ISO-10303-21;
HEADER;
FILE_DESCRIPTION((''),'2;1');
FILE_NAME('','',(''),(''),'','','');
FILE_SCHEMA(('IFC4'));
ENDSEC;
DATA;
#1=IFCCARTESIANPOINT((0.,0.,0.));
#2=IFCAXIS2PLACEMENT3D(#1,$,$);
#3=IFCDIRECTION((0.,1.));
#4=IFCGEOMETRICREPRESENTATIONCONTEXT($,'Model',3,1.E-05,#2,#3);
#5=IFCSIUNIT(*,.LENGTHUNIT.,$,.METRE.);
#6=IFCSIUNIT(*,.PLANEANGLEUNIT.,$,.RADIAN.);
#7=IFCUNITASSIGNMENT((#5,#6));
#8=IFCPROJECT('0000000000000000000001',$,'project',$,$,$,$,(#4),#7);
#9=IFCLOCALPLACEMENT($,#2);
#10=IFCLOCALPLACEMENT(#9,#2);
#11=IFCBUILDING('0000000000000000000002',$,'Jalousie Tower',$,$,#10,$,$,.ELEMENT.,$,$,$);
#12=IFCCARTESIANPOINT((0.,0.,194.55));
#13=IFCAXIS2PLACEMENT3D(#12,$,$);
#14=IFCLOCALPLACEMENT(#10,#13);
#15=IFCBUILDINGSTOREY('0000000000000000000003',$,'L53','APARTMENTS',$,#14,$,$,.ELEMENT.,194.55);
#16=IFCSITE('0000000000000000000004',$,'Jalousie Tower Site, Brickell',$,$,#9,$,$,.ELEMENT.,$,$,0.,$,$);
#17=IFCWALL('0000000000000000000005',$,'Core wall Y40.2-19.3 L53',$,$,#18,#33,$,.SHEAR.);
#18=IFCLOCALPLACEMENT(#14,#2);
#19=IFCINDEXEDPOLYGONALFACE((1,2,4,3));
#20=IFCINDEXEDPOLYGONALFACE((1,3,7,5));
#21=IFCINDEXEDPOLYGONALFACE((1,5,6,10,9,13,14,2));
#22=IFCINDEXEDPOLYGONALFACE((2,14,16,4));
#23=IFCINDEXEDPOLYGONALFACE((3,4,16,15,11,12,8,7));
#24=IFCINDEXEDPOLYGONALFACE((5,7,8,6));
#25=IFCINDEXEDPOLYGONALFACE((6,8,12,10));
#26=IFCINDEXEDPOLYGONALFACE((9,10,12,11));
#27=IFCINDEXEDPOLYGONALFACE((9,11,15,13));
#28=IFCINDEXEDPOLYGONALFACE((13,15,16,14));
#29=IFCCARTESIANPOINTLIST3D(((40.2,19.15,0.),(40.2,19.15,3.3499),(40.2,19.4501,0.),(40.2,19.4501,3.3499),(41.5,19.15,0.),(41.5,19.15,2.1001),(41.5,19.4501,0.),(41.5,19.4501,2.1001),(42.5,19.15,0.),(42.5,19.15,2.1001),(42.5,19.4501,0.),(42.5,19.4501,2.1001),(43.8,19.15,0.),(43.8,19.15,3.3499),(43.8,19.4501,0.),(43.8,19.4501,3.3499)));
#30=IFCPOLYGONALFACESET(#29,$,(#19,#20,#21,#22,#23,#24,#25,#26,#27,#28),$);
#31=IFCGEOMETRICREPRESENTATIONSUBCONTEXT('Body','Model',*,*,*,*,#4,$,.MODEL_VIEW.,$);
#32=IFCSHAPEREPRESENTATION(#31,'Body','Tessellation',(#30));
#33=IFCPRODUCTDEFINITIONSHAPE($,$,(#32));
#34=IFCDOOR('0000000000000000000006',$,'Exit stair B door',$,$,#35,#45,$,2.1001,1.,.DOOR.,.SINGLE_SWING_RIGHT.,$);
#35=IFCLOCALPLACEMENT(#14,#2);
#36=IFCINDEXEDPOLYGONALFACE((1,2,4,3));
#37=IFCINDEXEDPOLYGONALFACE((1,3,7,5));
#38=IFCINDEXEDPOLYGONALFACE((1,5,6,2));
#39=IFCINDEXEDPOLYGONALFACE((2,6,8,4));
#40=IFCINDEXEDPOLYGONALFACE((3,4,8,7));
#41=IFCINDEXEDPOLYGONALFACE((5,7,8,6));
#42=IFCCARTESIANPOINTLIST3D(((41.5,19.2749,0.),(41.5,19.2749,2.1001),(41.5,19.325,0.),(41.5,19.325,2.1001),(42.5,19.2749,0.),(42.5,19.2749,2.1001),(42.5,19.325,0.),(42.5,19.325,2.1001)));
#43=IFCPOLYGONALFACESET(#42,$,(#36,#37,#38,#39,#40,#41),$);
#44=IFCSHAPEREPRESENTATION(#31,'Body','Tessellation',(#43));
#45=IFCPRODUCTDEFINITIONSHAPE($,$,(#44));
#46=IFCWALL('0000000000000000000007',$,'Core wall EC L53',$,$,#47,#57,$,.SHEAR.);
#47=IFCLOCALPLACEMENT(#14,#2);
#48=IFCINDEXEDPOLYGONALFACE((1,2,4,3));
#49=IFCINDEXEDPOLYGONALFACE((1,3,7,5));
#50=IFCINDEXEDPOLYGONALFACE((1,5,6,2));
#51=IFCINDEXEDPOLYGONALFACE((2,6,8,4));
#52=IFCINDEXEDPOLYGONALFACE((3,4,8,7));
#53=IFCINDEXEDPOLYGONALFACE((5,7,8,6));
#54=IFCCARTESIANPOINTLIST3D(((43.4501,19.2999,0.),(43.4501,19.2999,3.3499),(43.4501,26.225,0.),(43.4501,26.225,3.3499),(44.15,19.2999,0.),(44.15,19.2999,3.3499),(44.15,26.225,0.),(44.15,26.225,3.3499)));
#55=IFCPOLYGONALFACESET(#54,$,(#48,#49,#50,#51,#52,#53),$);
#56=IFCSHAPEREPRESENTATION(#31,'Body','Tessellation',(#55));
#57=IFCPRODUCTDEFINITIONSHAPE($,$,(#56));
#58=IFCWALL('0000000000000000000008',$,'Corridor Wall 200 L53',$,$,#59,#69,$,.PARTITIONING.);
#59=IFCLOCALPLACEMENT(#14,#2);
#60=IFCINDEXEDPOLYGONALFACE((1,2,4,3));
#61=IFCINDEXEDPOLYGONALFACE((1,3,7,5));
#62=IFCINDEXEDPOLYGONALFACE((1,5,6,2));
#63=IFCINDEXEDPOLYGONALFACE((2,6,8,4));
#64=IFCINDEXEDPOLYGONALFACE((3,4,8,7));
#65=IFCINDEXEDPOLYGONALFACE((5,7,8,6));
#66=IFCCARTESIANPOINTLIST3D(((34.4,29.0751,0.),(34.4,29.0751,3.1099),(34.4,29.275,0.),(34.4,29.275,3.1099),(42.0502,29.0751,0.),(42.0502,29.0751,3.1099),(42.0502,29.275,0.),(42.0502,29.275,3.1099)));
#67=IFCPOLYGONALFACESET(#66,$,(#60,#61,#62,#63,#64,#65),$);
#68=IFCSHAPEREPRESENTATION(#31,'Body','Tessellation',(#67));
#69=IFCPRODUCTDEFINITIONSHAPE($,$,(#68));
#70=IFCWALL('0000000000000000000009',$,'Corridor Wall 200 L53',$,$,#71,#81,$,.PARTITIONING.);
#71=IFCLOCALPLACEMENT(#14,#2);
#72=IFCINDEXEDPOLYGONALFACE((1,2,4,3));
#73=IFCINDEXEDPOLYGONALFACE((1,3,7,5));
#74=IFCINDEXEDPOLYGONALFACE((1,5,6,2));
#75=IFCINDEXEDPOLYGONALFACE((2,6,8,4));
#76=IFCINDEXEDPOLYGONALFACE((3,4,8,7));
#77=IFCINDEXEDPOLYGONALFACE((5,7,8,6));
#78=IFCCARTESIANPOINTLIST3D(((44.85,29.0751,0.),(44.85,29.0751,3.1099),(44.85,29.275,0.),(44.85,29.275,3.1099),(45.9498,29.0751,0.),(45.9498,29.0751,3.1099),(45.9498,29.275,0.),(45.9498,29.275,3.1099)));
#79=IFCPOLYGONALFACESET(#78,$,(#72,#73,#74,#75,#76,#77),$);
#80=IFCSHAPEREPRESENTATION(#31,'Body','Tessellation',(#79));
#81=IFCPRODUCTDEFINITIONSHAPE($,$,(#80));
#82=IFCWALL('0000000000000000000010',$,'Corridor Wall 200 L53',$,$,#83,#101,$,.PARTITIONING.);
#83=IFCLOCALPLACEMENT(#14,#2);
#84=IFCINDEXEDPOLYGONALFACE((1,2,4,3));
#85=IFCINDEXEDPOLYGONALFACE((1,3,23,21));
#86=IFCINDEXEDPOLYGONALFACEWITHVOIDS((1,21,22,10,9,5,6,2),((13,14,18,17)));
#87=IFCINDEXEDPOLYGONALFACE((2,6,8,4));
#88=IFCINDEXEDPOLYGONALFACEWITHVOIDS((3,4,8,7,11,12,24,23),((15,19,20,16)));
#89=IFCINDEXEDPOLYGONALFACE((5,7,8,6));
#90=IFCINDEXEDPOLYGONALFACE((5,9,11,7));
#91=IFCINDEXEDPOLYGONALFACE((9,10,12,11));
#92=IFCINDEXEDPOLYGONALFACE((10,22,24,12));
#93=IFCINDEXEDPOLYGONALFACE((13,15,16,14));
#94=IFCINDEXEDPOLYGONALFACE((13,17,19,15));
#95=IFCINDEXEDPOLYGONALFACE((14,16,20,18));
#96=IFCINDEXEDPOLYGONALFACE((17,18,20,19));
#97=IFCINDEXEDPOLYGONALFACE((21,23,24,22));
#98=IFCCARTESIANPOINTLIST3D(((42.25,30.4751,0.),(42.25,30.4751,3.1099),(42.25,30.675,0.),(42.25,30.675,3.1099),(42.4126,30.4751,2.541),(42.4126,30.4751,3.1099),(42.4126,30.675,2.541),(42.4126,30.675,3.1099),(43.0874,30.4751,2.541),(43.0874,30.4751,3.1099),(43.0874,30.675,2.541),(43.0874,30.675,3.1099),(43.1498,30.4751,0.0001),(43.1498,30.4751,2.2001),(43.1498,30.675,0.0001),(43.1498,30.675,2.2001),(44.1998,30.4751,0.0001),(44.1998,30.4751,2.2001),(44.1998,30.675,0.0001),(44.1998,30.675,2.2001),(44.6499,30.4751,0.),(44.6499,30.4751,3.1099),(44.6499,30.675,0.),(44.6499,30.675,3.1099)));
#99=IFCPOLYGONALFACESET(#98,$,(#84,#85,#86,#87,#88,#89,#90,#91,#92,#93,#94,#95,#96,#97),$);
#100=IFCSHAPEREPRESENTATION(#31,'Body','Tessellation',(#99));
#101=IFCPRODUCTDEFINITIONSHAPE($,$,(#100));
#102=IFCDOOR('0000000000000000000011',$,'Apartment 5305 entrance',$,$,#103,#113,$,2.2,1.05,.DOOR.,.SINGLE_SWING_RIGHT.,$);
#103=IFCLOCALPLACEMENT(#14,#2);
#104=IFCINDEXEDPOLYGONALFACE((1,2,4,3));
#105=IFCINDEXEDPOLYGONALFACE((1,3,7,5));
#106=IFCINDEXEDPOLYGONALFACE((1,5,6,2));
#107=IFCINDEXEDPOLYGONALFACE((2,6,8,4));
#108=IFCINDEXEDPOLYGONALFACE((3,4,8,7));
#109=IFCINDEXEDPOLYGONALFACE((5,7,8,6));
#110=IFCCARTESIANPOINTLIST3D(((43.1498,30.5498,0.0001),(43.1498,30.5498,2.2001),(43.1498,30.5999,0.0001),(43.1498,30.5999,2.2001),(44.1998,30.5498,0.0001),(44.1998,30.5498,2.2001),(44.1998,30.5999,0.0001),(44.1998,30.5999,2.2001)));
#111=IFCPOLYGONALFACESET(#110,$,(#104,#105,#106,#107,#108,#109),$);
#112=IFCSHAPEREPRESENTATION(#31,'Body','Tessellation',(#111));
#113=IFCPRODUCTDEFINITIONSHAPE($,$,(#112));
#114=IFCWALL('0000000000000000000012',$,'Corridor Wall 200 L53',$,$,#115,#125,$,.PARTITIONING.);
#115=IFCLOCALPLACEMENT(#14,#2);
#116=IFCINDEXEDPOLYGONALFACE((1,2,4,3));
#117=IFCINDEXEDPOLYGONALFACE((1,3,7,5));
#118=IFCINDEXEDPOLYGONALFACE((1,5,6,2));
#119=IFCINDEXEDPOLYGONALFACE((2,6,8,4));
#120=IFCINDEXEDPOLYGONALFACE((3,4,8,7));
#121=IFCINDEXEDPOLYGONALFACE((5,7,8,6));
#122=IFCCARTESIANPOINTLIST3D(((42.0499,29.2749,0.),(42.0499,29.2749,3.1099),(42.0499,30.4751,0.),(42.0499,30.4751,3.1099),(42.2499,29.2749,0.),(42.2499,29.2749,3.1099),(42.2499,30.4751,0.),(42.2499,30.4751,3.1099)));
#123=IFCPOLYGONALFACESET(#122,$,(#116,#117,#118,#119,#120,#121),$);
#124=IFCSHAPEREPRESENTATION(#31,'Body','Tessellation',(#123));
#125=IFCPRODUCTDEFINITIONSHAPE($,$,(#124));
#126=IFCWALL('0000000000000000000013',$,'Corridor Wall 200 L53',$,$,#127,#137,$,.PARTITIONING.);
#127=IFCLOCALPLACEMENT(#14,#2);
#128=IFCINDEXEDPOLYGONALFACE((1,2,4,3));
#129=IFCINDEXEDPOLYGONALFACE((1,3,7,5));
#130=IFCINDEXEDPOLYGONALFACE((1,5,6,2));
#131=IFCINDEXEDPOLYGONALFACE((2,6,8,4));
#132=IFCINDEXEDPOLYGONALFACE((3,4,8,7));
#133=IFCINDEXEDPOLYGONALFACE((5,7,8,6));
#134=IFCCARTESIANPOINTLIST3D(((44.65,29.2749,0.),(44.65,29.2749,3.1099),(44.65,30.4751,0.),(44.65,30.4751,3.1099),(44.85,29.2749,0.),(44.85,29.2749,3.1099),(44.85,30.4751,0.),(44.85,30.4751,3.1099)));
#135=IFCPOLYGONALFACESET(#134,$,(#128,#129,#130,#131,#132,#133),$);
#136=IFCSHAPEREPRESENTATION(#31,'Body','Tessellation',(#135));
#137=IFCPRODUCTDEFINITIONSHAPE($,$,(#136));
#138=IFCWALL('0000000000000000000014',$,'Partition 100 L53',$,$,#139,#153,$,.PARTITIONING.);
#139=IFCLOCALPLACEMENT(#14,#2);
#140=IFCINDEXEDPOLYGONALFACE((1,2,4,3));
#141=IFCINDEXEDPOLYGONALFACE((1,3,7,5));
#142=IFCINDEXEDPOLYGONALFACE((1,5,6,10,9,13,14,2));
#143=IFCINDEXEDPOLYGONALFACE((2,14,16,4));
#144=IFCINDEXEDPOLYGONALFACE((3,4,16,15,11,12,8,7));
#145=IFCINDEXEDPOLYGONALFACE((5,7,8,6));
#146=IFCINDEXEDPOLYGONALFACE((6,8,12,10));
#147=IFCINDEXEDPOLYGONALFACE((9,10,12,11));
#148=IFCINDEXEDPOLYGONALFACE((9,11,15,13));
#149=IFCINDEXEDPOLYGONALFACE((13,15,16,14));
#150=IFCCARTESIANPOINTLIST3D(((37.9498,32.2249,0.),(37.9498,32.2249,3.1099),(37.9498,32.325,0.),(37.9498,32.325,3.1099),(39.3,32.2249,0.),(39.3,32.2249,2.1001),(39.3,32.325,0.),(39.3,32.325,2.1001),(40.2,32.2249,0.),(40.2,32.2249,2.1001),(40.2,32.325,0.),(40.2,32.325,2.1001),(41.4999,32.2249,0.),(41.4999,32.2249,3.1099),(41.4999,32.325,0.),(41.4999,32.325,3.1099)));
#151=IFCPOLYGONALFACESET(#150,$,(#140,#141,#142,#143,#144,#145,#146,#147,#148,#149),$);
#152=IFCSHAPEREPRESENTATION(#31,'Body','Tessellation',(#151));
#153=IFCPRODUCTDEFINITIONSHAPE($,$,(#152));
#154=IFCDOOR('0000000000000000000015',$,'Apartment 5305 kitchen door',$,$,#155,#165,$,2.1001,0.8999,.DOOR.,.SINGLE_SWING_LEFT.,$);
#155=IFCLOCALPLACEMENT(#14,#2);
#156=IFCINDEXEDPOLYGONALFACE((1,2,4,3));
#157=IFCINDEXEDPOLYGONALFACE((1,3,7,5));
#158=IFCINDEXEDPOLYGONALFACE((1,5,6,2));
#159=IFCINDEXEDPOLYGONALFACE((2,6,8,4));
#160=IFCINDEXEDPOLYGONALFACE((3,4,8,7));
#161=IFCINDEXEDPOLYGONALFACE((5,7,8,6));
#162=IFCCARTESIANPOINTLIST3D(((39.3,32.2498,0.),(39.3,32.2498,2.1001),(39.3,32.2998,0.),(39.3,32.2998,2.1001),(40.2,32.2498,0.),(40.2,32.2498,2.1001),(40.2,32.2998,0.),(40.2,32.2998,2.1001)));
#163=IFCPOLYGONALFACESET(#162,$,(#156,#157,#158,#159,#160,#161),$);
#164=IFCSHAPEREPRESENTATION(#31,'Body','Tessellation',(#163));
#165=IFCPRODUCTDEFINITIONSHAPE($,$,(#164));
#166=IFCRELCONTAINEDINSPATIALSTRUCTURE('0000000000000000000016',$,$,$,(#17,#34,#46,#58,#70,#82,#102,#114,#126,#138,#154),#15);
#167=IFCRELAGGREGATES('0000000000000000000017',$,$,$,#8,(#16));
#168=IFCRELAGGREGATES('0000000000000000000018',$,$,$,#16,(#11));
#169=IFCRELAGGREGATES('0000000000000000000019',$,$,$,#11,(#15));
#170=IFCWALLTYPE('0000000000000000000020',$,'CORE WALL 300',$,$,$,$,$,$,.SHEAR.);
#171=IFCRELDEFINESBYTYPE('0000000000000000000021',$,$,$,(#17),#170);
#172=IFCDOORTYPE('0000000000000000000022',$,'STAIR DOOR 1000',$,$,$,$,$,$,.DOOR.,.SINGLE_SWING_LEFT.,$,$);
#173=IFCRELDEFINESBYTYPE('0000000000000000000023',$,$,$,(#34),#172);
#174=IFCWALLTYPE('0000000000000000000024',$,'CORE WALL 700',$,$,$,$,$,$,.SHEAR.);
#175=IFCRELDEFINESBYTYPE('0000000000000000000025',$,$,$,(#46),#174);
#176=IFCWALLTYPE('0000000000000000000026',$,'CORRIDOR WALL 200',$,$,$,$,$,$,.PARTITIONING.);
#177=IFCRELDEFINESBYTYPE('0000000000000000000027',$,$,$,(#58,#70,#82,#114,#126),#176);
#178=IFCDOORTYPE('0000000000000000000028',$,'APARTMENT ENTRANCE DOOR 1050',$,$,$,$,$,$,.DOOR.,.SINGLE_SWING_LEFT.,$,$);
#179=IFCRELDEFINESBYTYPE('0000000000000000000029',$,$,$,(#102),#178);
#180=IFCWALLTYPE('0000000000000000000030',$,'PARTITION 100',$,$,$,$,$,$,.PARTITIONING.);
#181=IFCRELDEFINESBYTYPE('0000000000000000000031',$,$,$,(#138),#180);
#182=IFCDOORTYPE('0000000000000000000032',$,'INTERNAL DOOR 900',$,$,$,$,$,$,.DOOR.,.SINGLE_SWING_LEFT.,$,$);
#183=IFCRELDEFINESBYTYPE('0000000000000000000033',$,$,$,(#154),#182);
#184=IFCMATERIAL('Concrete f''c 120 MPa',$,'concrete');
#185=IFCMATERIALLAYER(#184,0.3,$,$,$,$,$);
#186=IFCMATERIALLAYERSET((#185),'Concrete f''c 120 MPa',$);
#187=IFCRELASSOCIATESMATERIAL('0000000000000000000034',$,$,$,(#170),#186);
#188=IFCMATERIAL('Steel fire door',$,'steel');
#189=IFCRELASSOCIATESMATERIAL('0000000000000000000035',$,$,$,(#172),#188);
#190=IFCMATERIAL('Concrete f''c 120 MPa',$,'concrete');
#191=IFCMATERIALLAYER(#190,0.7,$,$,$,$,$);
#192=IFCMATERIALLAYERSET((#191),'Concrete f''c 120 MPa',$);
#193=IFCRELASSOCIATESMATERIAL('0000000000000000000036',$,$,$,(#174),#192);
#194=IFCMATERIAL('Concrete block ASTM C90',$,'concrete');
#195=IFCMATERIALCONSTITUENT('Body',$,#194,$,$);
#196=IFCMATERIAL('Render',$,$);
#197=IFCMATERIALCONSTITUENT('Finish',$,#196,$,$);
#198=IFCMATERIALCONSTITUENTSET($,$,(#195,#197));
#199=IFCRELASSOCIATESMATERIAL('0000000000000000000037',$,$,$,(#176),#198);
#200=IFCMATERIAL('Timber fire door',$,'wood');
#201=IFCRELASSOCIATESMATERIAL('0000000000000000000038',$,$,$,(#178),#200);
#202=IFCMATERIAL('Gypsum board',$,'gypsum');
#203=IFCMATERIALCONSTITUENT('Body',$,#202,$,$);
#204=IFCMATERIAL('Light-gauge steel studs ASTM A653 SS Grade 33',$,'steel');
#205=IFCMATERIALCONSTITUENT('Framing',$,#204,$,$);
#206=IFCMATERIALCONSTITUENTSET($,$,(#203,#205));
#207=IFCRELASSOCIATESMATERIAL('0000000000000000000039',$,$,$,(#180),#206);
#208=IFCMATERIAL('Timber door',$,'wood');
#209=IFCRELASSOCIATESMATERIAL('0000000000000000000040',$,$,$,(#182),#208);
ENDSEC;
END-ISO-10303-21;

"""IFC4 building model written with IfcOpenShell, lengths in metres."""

from ifc_helpers import new_model, si_unit, direction, frame, frame_2d, origin, place, context, subcontext, project, spatial, polyline, rectangle, outline, extrude, material, layer, layer_set, constituent, constituent_set, type_object, element, fill, save


model = new_model("IFC4")

# Units and contexts
model_context = context("Model", 3, precision=1e-05, world=origin(), true_north=direction((0.0, 1.0)))
body_context = subcontext(model_context, "Body", "Model", "MODEL_VIEW")
ifc_project = project(units=[si_unit("LENGTHUNIT", "METRE"), si_unit("PLANEANGLEUNIT", "RADIAN")], contexts=[model_context])

# Site, building, storey
site_placement = place(None, origin())
site = spatial("IfcSite", under=ifc_project, at=site_placement, Name="Jalousie Tower Site, Brickell", CompositionType="ELEMENT", RefElevation=0.0)
building_placement = place(site_placement, origin())
building = spatial("IfcBuilding", under=site, at=building_placement, Name="Jalousie Tower", CompositionType="ELEMENT")
storey_placement = place(building_placement, frame((0.0, 0.0, 194.55)))
storey = spatial("IfcBuildingStorey", under=building, at=storey_placement, Name="L53", Description="APARTMENTS", CompositionType="ELEMENT", Elevation=194.55)

# Shared definitions
ifc_material_1 = material(Name="Concrete f'c 120 MPa", Category="concrete")
ifc_layer_1 = layer(ifc_material_1, 0.3)
ifc_layer_set_1 = layer_set([ifc_layer_1], Name="Concrete f'c 120 MPa")
wall_type_1 = type_object("IfcWallType", Name="CORE WALL 300", PredefinedType="SHEAR", material=ifc_layer_set_1)

# Wall, opening, door
wall_1_placement = place(storey_placement, frame((40.2, 19.3, 0.0), z_axis=(0.0, 0.0, 1.0), x_axis=(1.0, 0.0, 0.0)))
wall_1 = element("IfcWall", 1, at=wall_1_placement, inside=storey, type_object=wall_type_1, Name="Core wall Y40.2-19.3 L53", PredefinedType="SHEAR", context=body_context, shape_type="SweptSolid", body=[
    extrude(rectangle(XDim=3.6001, YDim=0.3, at=frame_2d((1.8, 0.0))), origin(), (0.0, 0.0, 1.0), 3.3499),
])
opening_1_placement = place(wall_1_placement, frame((1.3, 0.0, 0.0)))
opening_1 = element("IfcOpeningElement", 2, at=opening_1_placement, cuts=wall_1, PredefinedType="OPENING", context=body_context, shape_type="SweptSolid", body=[
    extrude(rectangle(XDim=1.0, YDim=2.1001, at=frame_2d((0.5, 1.05))), frame((0.0, 0.1599, 0.0), z_axis=(0.0, -1.0, 0.0), x_axis=(1.0, 0.0, 0.0)), (0.0, 0.0, 1.0), 0.3201),
])
ifc_material_2 = material(Name="Steel fire door", Category="steel")
door_type_1 = type_object("IfcDoorType", Name="STAIR DOOR 1000", OperationType="SINGLE_SWING_LEFT", PredefinedType="DOOR", material=ifc_material_2)
door_1_placement = place(opening_1_placement, origin())
door_1 = element("IfcDoor", 3, at=door_1_placement, inside=storey, type_object=door_type_1, Name="Exit stair B door", OperationType="SINGLE_SWING_RIGHT", OverallHeight=2.1001, OverallWidth=1.0, PredefinedType="DOOR", context=body_context, shape_type="SweptSolid", body=[
    extrude(rectangle(XDim=1.0, YDim=2.1001, at=frame_2d((0.5, 1.05))), frame((0.0, 0.0249, 0.0), z_axis=(0.0, -1.0, 0.0), x_axis=(1.0, 0.0, 0.0)), (0.0, 0.0, 1.0), 0.05),
])
fill(opening_1, door_1)

# Walls
ifc_material_3 = material(Name="Concrete f'c 120 MPa", Category="concrete")
ifc_layer_2 = layer(ifc_material_3, 0.7)
ifc_layer_set_2 = layer_set([ifc_layer_2], Name="Concrete f'c 120 MPa")
wall_type_2 = type_object("IfcWallType", Name="CORE WALL 700", PredefinedType="SHEAR", material=ifc_layer_set_2)
wall_2_placement = place(storey_placement, frame((43.8, 19.3, 0.0), z_axis=(0.0, 0.0, 1.0), x_axis=(0.0, 1.0, 0.0)))
element("IfcWall", 4, at=wall_2_placement, inside=storey, type_object=wall_type_2, Name="Core wall EC L53", PredefinedType="SHEAR", context=body_context, shape_type="SweptSolid", body=[
    extrude(rectangle(XDim=6.925, YDim=0.7, at=frame_2d((3.4624, 0.0))), origin(), (0.0, 0.0, 1.0), 3.3499),
])
ifc_material_4 = material(Name="Concrete block ASTM C90", Category="concrete")
ifc_constituent_1 = constituent(ifc_material_4, Name="Body")
ifc_material_5 = material(Name="Render")
ifc_constituent_2 = constituent(ifc_material_5, Name="Finish")
ifc_constituent_set_1 = constituent_set(constituents=[ifc_constituent_1, ifc_constituent_2])
wall_type_3 = type_object("IfcWallType", Name="CORRIDOR WALL 200", PredefinedType="PARTITIONING", material=ifc_constituent_set_1)
wall_3_placement = place(storey_placement, frame((34.3999, 29.175, 0.0), z_axis=(0.0, 0.0, 1.0), x_axis=(1.0, 0.0, 0.0)))
element("IfcWall", 5, at=wall_3_placement, inside=storey, type_object=wall_type_3, Name="Corridor Wall 200 L53", PredefinedType="PARTITIONING", context=body_context, shape_type="SweptSolid", body=[
    extrude(rectangle(XDim=7.6501, YDim=0.2, at=frame_2d((3.8252, 0.0))), origin(), (0.0, 0.0, 1.0), 3.1099),
])
wall_4_placement = place(storey_placement, frame((44.8501, 29.175, 0.0), z_axis=(0.0, 0.0, 1.0), x_axis=(1.0, 0.0, 0.0)))
element("IfcWall", 6, at=wall_4_placement, inside=storey, type_object=wall_type_3, Name="Corridor Wall 200 L53", PredefinedType="PARTITIONING", context=body_context, shape_type="SweptSolid", body=[
    extrude(rectangle(XDim=1.0999, YDim=0.2, at=frame_2d((0.5498, 0.0))), origin(), (0.0, 0.0, 1.0), 3.1099),
])

# Wall, opening, door
wall_5_placement = place(storey_placement, frame((42.25, 30.575, 0.0), z_axis=(0.0, 0.0, 1.0), x_axis=(1.0, 0.0, 0.0)))
wall_5 = element("IfcWall", 7, at=wall_5_placement, inside=storey, type_object=wall_type_3, Name="Corridor Wall 200 L53", PredefinedType="PARTITIONING", context=body_context, shape_type="SweptSolid", body=[
    extrude(outline(polyline([(0.0, 0.0), (2.3999, 0.0), (2.3999, 3.1099), (0.8374, 3.1099), (0.8374, 2.541), (0.1626, 2.541), (0.1626, 3.1099), (0.0, 3.1099), (0.0, 0.0)])), frame((0.0, 0.1001, 0.0), z_axis=(0.0, -1.0, 0.0), x_axis=(1.0, 0.0, 0.0)), (0.0, 0.0, 1.0), 0.2),
])
opening_2_placement = place(wall_5_placement, frame((0.8999, 0.0, 0.0)))
opening_2 = element("IfcOpeningElement", 8, at=opening_2_placement, cuts=wall_5, PredefinedType="OPENING", context=body_context, shape_type="SweptSolid", body=[
    extrude(rectangle(XDim=1.05, YDim=2.2, at=frame_2d((0.5249, 1.1001))), frame((0.0, 0.1099, 0.0), z_axis=(0.0, -1.0, 0.0), x_axis=(1.0, 0.0, 0.0)), (0.0, 0.0, 1.0), 0.22),
])
ifc_material_6 = material(Name="Timber fire door", Category="wood")
door_type_2 = type_object("IfcDoorType", Name="APARTMENT ENTRANCE DOOR 1050", OperationType="SINGLE_SWING_LEFT", PredefinedType="DOOR", material=ifc_material_6)
door_2_placement = place(opening_2_placement, origin())
door_2 = element("IfcDoor", 9, at=door_2_placement, inside=storey, type_object=door_type_2, Name="Apartment 5305 entrance", OperationType="SINGLE_SWING_RIGHT", OverallHeight=2.2, OverallWidth=1.05, PredefinedType="DOOR", context=body_context, shape_type="SweptSolid", body=[
    extrude(rectangle(XDim=1.05, YDim=2.2, at=frame_2d((0.5249, 1.1001))), frame((0.0, 0.0249, 0.0), z_axis=(0.0, -1.0, 0.0), x_axis=(1.0, 0.0, 0.0)), (0.0, 0.0, 1.0), 0.05),
])
fill(opening_2, door_2)

# Walls
for number, where, z_axis, x_axis, name in (
    (10, (42.1499, 29.2749, 0.0), (0.0, 0.0, 1.0), (0.0, 1.0, 0.0), "Corridor Wall 200 L53"),
    (11, (44.75, 29.2749, 0.0), (0.0, 0.0, 1.0), (0.0, 1.0, 0.0), "Corridor Wall 200 L53"),
):
    element("IfcWall", number, at=place(storey_placement, frame(where, z_axis=z_axis, x_axis=x_axis)), inside=storey, type_object=wall_type_3, Name=name, PredefinedType="PARTITIONING", context=body_context, shape_type="SweptSolid", body=[
        extrude(rectangle(XDim=1.2002, YDim=0.2, at=frame_2d((0.6001, 0.0))), origin(), (0.0, 0.0, 1.0), 3.1099),
    ])

# Wall, opening, door
ifc_material_7 = material(Name="Gypsum board", Category="gypsum")
ifc_constituent_3 = constituent(ifc_material_7, Name="Body")
ifc_material_8 = material(Name="Light-gauge steel studs ASTM A653 SS Grade 33", Category="steel")
ifc_constituent_4 = constituent(ifc_material_8, Name="Framing")
ifc_constituent_set_2 = constituent_set(constituents=[ifc_constituent_3, ifc_constituent_4])
wall_type_4 = type_object("IfcWallType", Name="PARTITION 100", PredefinedType="PARTITIONING", material=ifc_constituent_set_2)
wall_6_placement = place(storey_placement, frame((37.95, 32.2749, 0.0), z_axis=(0.0, 0.0, 1.0), x_axis=(1.0, 0.0, 0.0)))
wall_6 = element("IfcWall", 12, at=wall_6_placement, inside=storey, type_object=wall_type_4, Name="Partition 100 L53", PredefinedType="PARTITIONING", context=body_context, shape_type="SweptSolid", body=[
    extrude(rectangle(XDim=3.55, YDim=0.1001, at=frame_2d((1.7749, 0.0))), origin(), (0.0, 0.0, 1.0), 3.1099),
])
opening_3_placement = place(wall_6_placement, frame((1.3501, 0.0, 0.0)))
opening_3 = element("IfcOpeningElement", 13, at=opening_3_placement, cuts=wall_6, PredefinedType="OPENING", context=body_context, shape_type="SweptSolid", body=[
    extrude(rectangle(XDim=0.8999, YDim=2.1001, at=frame_2d((0.45, 1.05))), frame((0.0, 0.0601, 0.0), z_axis=(0.0, -1.0, 0.0), x_axis=(1.0, 0.0, 0.0)), (0.0, 0.0, 1.0), 0.1201),
])
ifc_material_9 = material(Name="Timber door", Category="wood")
door_type_3 = type_object("IfcDoorType", Name="INTERNAL DOOR 900", OperationType="SINGLE_SWING_LEFT", PredefinedType="DOOR", material=ifc_material_9)
door_3_placement = place(opening_3_placement, origin())
door_3 = element("IfcDoor", 14, at=door_3_placement, inside=storey, type_object=door_type_3, Name="Apartment 5305 kitchen door", OperationType="SINGLE_SWING_LEFT", OverallHeight=2.1001, OverallWidth=0.8999, PredefinedType="DOOR", context=body_context, shape_type="SweptSolid", body=[
    extrude(rectangle(XDim=0.8999, YDim=2.1001, at=frame_2d((0.45, 1.05))), frame((0.0, 0.0249, 0.0), z_axis=(0.0, -1.0, 0.0), x_axis=(1.0, 0.0, 0.0)), (0.0, 0.0, 1.0), 0.05),
])
fill(opening_3, door_3)

save(model, "model.ifc")
